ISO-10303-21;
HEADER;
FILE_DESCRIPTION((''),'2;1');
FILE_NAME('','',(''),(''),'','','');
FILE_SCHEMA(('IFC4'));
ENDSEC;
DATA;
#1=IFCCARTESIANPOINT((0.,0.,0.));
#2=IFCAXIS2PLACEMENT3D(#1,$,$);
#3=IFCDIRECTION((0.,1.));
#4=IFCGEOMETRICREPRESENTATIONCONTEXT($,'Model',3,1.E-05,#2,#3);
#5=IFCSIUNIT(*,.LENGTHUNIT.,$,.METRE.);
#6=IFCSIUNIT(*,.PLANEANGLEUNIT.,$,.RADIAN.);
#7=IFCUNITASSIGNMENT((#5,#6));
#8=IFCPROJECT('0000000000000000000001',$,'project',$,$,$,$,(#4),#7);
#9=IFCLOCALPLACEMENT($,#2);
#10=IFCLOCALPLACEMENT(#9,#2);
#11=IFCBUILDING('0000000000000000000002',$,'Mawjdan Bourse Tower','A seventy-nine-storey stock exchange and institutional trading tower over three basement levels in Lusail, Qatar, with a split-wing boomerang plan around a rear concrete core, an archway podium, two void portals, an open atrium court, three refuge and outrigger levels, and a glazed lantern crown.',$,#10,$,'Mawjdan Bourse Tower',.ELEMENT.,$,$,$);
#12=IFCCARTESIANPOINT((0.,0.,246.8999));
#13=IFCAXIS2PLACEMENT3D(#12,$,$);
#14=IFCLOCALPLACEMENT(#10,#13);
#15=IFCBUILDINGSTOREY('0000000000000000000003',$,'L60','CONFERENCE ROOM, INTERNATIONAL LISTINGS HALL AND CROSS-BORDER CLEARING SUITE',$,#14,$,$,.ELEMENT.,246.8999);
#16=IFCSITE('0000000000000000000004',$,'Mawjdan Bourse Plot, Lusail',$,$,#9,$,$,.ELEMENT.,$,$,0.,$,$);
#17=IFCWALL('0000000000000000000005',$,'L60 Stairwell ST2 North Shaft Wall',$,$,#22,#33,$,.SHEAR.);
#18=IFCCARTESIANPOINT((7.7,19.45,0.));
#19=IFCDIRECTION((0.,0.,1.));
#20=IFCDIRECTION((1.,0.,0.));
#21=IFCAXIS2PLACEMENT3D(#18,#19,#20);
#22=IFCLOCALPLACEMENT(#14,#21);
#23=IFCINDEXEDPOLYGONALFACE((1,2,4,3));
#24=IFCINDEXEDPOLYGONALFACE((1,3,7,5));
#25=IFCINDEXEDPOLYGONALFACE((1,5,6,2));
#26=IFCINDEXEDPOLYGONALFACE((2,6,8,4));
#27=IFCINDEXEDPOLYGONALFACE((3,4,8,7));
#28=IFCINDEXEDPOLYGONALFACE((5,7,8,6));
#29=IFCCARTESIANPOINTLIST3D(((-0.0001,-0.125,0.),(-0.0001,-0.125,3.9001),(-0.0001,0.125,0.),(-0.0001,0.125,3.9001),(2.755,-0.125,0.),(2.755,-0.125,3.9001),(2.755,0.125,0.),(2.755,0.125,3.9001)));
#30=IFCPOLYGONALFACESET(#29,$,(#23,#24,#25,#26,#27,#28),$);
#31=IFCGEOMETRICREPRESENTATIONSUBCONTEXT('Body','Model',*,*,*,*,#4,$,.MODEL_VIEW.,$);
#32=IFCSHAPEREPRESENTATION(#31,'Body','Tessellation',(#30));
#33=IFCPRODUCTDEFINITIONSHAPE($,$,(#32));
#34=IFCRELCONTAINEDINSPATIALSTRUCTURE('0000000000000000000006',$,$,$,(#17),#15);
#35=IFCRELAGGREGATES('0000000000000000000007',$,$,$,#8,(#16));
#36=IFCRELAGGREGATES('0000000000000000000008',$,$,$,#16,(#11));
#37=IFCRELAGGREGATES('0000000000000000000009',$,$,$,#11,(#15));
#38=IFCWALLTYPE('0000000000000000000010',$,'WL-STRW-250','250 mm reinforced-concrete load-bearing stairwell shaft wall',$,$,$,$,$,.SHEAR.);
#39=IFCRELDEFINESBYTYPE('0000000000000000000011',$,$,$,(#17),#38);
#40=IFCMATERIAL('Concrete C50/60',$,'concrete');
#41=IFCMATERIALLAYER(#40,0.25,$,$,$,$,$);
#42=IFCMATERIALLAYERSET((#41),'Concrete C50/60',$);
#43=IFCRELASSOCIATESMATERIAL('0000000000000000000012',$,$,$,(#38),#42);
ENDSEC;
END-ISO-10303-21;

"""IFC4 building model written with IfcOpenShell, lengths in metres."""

from ifc_helpers import new_model, si_unit, direction, frame, frame_2d, origin, place, context, subcontext, project, spatial, rectangle, extrude, material, layer, layer_set, type_object, element, save


model = new_model("IFC4")

# Units and contexts
model_context = context("Model", 3, precision=1e-05, world=origin(), true_north=direction((0.0, 1.0)))
body_context = subcontext(model_context, "Body", "Model", "MODEL_VIEW")
ifc_project = project(units=[si_unit("LENGTHUNIT", "METRE"), si_unit("PLANEANGLEUNIT", "RADIAN")], contexts=[model_context])

# Site, building, storey
site_placement = place(None, origin())
site = spatial("IfcSite", under=ifc_project, at=site_placement, Name="Mawjdan Bourse Plot, Lusail", CompositionType="ELEMENT", RefElevation=0.0)
building_placement = place(site_placement, origin())
building = spatial("IfcBuilding", under=site, at=building_placement, Name="Mawjdan Bourse Tower", Description="A seventy-nine-storey stock exchange and institutional trading tower over three basement levels in Lusail, Qatar, with a split-wing boomerang plan around a rear concrete core, an archway podium, two void portals, an open atrium court, three refuge and outrigger levels, and a glazed lantern crown.", LongName="Mawjdan Bourse Tower", CompositionType="ELEMENT")
storey_placement = place(building_placement, frame((0.0, 0.0, 246.8999)))
storey = spatial("IfcBuildingStorey", under=building, at=storey_placement, Name="L60", Description="CONFERENCE ROOM, INTERNATIONAL LISTINGS HALL AND CROSS-BORDER CLEARING SUITE", CompositionType="ELEMENT", Elevation=246.8999)

# Wall
ifc_material_1 = material(Name="Concrete C50/60", Category="concrete")
ifc_layer_1 = layer(ifc_material_1, 0.25)
ifc_layer_set_1 = layer_set([ifc_layer_1], Name="Concrete C50/60")
wall_type_1 = type_object("IfcWallType", Name="WL-STRW-250", Description="250 mm reinforced-concrete load-bearing stairwell shaft wall", PredefinedType="SHEAR", material=ifc_layer_set_1)
wall_1_placement = place(storey_placement, frame((7.7, 19.45, 0.0), z_axis=(0.0, 0.0, 1.0), x_axis=(1.0, 0.0, 0.0)))
element("IfcWall", 1, at=wall_1_placement, inside=storey, type_object=wall_type_1, Name="L60 Stairwell ST2 North Shaft Wall", PredefinedType="SHEAR", context=body_context, shape_type="SweptSolid", body=[
    extrude(rectangle(XDim=2.7551, YDim=0.25, at=frame_2d((1.3774, 0.0))), origin(), (0.0, 0.0, 1.0), 3.9001),
])

save(model, "model.ifc")
